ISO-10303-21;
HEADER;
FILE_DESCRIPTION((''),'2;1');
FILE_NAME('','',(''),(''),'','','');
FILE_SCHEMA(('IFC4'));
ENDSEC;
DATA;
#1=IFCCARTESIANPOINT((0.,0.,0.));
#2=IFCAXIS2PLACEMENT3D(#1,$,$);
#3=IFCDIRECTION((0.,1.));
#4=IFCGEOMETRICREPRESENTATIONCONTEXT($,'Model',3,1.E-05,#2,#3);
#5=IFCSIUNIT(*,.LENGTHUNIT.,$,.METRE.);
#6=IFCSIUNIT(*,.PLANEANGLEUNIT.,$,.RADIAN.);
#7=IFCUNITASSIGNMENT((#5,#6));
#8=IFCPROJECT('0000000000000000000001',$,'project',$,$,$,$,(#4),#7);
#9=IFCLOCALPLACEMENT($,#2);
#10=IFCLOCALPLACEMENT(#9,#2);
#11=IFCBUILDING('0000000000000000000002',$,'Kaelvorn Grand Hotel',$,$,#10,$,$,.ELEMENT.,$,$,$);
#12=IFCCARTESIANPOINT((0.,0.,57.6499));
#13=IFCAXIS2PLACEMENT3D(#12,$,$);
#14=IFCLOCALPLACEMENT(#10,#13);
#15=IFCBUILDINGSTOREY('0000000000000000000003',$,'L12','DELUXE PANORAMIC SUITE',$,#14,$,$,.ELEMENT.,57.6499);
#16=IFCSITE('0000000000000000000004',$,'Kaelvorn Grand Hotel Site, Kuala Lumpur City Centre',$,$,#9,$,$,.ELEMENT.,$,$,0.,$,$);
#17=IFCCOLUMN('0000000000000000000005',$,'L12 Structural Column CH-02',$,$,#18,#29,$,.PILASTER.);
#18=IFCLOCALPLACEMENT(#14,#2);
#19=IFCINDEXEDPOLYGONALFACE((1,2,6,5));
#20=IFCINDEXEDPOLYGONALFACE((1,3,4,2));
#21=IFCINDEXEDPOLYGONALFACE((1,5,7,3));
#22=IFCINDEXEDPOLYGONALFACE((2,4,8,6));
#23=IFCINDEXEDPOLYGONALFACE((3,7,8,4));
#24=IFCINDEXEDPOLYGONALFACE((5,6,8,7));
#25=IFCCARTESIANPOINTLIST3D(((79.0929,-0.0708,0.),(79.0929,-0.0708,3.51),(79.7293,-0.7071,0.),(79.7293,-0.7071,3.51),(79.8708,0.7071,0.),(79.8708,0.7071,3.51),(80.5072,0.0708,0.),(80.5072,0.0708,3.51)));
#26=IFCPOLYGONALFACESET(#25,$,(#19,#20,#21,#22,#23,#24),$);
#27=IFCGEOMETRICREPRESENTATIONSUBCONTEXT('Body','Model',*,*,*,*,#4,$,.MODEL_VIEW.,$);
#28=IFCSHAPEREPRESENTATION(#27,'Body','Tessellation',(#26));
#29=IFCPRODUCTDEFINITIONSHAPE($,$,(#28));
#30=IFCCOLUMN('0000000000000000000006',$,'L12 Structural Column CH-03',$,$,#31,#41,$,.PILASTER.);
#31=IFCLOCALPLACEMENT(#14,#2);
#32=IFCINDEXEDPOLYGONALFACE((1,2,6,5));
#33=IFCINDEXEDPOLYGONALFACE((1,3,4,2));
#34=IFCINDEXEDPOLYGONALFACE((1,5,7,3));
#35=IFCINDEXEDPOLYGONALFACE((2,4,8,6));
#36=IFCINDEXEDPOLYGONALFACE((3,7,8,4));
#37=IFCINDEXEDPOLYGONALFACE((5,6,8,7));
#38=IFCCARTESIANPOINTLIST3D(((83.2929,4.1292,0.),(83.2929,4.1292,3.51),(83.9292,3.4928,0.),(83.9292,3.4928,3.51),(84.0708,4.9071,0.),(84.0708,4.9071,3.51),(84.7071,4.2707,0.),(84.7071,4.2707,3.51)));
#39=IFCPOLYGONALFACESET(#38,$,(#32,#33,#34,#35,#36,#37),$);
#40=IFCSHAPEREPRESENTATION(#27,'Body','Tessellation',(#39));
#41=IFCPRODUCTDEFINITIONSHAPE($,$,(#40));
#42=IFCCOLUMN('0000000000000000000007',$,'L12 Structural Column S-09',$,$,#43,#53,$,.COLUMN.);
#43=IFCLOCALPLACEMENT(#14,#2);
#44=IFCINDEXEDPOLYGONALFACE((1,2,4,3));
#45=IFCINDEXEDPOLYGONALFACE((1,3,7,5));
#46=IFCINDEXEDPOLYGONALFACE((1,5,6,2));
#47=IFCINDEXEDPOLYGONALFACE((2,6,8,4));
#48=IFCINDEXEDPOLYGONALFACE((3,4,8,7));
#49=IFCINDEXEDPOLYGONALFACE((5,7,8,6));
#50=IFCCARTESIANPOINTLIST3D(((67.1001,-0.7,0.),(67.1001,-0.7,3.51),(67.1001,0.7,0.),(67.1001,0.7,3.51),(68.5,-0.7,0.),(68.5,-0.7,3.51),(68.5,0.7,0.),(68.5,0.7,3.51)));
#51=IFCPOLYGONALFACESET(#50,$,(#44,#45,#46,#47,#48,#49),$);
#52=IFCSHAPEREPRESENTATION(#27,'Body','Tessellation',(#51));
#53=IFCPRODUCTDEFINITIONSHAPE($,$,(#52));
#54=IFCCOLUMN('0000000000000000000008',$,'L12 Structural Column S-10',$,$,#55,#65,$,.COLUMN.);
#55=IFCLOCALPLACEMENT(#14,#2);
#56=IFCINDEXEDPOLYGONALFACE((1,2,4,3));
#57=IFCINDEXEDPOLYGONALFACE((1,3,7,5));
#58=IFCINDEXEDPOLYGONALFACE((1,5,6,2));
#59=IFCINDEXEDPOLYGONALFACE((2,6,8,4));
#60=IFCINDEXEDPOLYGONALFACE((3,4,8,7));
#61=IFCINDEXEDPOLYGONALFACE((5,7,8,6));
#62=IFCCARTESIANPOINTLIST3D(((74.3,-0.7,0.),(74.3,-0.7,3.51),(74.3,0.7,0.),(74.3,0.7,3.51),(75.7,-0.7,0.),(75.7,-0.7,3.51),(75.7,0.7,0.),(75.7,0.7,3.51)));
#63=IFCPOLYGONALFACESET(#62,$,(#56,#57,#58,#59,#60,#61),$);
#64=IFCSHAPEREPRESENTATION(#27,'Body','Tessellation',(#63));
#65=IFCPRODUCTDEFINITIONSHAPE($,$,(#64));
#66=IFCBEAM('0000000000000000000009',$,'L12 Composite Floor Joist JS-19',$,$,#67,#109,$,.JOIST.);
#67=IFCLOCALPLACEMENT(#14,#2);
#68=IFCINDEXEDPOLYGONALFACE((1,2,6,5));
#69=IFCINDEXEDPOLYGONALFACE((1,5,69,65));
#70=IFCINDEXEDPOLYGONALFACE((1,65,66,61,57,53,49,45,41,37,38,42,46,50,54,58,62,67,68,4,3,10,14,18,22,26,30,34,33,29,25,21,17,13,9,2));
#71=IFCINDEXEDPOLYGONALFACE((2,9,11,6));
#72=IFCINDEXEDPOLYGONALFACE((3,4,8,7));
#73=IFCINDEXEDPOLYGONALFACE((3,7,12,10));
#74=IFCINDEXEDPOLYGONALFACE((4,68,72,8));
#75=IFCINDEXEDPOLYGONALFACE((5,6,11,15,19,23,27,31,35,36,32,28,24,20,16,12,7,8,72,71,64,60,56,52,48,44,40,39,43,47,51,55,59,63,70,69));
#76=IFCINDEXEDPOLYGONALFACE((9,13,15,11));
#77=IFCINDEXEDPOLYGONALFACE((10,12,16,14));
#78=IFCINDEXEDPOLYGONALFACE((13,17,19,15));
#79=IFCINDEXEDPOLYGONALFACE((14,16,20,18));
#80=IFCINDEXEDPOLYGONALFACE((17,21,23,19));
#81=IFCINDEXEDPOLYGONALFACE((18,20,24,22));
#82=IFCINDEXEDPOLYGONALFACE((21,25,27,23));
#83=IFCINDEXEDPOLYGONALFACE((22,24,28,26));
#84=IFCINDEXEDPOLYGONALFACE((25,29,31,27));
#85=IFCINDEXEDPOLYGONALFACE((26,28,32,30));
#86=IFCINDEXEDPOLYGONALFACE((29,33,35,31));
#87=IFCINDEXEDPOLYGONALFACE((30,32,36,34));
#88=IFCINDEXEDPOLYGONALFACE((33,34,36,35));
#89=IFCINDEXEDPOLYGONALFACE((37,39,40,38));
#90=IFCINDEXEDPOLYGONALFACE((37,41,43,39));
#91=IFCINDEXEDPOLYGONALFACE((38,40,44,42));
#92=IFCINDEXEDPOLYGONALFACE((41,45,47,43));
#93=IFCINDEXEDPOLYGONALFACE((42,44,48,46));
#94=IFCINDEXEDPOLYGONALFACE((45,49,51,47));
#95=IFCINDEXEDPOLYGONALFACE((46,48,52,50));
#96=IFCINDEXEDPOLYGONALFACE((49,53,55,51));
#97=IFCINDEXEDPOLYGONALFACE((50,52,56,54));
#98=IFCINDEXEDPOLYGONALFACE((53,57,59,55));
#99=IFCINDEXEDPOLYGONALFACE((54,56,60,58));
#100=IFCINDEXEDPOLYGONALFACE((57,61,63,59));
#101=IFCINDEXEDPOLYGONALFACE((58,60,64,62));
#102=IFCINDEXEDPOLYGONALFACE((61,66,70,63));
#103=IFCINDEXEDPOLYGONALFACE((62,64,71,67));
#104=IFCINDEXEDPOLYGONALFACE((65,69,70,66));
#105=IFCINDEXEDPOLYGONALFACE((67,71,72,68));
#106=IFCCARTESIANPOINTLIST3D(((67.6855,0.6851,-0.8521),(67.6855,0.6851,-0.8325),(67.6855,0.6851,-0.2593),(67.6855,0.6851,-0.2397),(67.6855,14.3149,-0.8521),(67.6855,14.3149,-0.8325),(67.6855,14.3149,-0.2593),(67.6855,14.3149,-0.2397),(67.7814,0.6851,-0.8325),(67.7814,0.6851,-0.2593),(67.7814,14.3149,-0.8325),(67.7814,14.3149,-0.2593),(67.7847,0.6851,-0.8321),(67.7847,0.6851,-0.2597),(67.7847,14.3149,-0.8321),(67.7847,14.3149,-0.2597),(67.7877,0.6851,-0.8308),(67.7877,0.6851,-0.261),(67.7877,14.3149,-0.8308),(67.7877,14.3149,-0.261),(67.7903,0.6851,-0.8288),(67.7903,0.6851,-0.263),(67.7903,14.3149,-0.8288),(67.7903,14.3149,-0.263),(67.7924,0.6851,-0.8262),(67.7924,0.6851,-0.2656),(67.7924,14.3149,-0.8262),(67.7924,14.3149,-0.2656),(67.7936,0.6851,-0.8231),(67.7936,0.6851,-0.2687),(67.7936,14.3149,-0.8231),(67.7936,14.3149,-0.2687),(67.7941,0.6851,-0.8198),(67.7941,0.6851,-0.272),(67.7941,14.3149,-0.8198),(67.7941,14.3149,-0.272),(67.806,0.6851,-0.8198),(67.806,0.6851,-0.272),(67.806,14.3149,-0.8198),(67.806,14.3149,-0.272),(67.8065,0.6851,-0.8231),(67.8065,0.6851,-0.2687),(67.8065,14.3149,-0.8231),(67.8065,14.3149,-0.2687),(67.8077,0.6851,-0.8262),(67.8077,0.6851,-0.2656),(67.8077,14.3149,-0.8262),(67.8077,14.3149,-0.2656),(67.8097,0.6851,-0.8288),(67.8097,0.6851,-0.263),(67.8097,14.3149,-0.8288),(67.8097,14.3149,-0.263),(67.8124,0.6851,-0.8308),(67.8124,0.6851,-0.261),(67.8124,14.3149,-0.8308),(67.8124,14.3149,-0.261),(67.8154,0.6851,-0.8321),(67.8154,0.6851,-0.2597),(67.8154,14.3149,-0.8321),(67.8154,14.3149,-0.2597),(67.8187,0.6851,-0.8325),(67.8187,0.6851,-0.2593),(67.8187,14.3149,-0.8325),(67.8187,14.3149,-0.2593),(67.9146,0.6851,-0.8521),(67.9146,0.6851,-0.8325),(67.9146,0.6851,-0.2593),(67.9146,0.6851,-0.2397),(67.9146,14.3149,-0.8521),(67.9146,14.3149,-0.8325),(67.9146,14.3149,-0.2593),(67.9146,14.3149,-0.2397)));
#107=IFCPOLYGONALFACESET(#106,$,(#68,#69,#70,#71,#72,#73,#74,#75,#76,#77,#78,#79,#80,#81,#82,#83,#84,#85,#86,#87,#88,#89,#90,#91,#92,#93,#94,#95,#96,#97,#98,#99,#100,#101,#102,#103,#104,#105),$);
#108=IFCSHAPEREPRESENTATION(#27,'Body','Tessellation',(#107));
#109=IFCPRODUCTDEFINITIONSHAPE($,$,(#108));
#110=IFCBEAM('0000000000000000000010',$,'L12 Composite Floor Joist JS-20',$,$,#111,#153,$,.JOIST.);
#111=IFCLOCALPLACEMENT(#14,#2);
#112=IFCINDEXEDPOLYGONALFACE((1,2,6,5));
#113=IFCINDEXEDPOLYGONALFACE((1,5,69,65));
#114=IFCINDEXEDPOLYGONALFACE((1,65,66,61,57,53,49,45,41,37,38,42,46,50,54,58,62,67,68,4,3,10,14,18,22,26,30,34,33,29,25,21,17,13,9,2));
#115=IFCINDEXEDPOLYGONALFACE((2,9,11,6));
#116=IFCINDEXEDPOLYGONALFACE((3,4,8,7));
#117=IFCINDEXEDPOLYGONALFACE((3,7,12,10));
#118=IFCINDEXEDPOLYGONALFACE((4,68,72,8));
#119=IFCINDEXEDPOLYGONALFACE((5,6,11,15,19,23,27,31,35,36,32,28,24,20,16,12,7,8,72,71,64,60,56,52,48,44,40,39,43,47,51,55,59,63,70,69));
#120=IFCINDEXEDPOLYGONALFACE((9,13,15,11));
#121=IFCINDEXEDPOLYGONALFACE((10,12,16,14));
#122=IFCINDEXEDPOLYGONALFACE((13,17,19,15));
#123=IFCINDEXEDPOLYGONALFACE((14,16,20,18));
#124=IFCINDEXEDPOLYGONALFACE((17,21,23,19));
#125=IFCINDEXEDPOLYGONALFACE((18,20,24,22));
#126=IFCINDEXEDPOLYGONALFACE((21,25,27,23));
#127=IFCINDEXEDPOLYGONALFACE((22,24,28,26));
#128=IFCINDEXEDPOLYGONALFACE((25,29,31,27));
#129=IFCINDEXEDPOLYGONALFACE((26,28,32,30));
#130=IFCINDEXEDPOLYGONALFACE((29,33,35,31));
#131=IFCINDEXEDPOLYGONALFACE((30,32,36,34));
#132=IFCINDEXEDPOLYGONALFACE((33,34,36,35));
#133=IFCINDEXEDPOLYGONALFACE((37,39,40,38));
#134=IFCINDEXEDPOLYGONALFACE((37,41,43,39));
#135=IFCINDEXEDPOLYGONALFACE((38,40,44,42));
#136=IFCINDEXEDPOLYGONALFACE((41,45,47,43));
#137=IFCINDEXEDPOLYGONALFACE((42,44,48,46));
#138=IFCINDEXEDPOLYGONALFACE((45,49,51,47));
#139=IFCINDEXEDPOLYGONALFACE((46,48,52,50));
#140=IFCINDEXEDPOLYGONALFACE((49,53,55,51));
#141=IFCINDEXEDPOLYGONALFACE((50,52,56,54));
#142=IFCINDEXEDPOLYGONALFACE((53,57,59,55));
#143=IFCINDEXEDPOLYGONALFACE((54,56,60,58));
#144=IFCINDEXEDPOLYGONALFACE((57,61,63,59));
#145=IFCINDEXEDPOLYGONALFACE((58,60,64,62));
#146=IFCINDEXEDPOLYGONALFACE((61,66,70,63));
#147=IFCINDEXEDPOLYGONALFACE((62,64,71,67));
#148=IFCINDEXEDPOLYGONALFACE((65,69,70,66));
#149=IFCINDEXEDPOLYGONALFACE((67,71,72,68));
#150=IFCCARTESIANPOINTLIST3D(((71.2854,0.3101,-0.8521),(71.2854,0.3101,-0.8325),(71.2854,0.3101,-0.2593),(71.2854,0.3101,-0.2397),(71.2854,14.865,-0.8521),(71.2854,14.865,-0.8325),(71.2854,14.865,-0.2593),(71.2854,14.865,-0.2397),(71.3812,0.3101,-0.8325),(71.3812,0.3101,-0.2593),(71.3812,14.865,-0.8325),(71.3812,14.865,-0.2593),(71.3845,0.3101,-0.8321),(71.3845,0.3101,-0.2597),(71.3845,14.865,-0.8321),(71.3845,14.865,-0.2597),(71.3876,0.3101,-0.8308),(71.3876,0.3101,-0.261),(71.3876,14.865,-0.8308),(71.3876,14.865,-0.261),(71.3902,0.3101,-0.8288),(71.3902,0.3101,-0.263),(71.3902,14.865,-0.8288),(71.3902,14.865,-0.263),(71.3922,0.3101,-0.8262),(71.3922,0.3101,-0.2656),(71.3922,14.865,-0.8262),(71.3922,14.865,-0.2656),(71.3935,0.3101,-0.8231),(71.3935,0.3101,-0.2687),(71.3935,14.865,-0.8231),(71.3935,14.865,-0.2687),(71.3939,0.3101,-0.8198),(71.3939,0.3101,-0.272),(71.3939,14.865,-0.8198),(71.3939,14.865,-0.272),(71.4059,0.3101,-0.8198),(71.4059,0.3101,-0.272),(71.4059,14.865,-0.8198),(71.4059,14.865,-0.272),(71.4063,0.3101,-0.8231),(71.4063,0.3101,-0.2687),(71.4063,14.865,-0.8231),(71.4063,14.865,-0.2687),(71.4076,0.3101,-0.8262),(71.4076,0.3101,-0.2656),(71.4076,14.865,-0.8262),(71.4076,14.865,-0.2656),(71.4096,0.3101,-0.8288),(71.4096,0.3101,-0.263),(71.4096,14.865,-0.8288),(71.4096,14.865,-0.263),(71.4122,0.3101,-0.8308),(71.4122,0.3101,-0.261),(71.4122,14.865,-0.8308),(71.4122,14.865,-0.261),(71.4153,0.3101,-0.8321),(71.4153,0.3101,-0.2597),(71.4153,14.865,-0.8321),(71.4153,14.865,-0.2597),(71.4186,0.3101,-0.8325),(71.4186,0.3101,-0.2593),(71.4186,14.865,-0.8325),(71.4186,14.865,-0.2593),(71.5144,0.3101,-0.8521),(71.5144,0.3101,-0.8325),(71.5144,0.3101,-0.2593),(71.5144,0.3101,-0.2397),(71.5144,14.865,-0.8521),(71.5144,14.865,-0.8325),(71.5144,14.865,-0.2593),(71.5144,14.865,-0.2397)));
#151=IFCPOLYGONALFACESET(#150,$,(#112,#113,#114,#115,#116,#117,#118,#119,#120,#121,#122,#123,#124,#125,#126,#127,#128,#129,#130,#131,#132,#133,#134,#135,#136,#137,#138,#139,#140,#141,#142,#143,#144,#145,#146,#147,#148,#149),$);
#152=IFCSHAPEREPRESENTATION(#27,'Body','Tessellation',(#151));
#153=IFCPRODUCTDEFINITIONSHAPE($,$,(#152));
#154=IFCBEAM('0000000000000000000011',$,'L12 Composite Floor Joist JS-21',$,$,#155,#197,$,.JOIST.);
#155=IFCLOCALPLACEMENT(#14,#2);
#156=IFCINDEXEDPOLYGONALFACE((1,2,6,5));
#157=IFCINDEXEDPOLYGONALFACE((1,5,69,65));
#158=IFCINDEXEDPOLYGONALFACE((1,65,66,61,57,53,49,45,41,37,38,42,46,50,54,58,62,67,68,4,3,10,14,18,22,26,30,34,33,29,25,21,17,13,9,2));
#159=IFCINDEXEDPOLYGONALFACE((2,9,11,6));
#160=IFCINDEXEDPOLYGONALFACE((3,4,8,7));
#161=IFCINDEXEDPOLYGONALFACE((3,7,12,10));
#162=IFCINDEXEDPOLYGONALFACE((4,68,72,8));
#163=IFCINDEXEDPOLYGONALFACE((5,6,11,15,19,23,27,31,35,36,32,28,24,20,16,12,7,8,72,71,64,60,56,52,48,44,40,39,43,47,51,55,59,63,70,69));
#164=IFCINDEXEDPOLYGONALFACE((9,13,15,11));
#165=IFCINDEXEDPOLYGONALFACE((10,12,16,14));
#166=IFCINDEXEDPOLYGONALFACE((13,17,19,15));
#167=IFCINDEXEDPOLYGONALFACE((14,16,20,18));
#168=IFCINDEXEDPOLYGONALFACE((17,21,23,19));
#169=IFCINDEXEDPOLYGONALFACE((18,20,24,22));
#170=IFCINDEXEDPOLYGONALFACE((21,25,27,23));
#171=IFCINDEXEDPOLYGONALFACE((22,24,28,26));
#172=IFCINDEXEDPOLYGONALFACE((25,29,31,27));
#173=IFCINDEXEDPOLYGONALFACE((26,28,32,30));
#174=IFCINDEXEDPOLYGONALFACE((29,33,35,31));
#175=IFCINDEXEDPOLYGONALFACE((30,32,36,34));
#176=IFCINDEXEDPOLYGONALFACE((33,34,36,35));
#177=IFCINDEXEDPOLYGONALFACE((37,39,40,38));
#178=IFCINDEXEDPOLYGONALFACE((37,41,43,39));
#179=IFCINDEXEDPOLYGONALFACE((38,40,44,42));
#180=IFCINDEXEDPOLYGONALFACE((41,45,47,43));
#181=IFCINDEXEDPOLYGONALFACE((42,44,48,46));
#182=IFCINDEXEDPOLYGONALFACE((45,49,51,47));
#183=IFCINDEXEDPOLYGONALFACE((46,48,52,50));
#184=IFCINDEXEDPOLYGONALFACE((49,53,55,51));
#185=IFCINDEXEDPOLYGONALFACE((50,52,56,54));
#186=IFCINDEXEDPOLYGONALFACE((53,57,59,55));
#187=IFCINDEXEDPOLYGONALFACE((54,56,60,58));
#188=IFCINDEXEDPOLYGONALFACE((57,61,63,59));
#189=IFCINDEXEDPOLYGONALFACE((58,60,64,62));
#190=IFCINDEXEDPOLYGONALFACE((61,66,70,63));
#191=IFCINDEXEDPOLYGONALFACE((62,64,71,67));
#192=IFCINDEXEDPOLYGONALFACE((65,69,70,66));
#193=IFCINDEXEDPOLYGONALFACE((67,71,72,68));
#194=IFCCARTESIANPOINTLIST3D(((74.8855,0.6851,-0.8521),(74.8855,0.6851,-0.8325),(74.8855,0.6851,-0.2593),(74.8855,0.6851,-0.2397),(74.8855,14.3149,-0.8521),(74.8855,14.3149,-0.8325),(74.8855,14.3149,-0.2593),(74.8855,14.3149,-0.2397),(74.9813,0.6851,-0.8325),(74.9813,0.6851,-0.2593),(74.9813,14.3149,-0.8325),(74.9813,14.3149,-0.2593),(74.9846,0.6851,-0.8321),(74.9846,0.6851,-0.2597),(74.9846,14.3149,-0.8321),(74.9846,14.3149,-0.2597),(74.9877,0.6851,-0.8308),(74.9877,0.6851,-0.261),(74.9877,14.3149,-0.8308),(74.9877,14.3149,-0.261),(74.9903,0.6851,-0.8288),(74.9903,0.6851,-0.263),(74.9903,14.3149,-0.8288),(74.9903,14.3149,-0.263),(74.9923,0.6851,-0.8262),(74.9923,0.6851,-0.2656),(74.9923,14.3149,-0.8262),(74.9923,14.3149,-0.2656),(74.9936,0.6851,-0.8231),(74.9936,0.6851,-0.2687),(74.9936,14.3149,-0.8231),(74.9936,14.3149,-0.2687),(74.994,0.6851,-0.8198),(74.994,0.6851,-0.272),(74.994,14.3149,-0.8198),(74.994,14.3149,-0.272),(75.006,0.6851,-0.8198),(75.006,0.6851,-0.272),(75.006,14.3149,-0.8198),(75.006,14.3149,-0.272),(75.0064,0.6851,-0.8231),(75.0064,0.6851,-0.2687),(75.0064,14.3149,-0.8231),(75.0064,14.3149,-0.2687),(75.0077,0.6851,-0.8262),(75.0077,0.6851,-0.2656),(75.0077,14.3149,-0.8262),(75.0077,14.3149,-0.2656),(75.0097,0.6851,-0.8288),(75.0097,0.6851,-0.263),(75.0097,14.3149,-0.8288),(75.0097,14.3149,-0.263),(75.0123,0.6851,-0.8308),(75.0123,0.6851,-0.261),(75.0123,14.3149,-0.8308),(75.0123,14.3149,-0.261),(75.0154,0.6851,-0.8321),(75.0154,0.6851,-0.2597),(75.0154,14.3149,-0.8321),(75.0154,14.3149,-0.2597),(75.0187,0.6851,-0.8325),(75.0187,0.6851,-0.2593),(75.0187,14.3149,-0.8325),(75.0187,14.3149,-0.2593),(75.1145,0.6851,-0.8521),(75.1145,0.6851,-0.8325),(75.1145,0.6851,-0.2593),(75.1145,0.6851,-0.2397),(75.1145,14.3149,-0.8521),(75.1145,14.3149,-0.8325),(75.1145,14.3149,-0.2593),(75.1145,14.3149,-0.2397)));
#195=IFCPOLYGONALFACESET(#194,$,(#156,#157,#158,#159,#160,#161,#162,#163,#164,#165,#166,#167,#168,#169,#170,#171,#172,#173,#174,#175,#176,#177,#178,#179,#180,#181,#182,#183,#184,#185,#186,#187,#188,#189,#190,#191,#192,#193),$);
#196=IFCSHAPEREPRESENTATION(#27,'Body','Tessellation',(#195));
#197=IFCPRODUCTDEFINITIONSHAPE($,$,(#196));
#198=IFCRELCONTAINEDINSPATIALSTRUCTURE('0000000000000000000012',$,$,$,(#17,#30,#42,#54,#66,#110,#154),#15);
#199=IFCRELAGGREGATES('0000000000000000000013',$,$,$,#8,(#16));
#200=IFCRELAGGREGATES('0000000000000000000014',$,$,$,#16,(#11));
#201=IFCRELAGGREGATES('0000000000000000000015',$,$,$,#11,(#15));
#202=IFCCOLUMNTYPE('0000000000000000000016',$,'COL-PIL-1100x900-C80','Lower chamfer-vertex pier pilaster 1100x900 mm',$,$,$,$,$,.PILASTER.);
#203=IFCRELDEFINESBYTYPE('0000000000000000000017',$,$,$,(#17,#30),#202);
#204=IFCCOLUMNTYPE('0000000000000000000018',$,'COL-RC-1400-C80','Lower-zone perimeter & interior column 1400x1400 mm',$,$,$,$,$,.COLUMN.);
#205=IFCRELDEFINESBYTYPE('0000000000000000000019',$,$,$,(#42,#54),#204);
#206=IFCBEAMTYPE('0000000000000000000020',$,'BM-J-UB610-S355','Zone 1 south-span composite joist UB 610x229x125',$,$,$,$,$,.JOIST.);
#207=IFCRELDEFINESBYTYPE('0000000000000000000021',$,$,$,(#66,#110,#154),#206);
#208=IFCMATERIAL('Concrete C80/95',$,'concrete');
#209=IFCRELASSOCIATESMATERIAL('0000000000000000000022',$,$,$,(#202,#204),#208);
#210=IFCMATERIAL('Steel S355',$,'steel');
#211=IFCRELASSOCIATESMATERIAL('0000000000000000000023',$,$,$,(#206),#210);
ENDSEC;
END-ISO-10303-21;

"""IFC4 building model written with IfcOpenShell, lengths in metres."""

from ifc_helpers import new_model, si_unit, direction, frame, origin, origin_2d, place, context, subcontext, project, spatial, rectangle, i_section, extrude, material, material_profile, profile_set, type_object, element, save


model = new_model("IFC4")

# Units and contexts
model_context = context("Model", 3, precision=1e-05, world=origin(), true_north=direction((0.0, 1.0)))
body_context = subcontext(model_context, "Body", "Model", "MODEL_VIEW")
ifc_project = project(units=[si_unit("LENGTHUNIT", "METRE"), si_unit("PLANEANGLEUNIT", "RADIAN")], contexts=[model_context])

# Site, building, storey
site_placement = place(None, origin())
site = spatial("IfcSite", under=ifc_project, at=site_placement, Name="Kaelvorn Grand Hotel Site, Kuala Lumpur City Centre", CompositionType="ELEMENT", RefElevation=0.0)
building_placement = place(site_placement, origin())
building = spatial("IfcBuilding", under=site, at=building_placement, Name="Kaelvorn Grand Hotel", CompositionType="ELEMENT")
storey_placement = place(building_placement, frame((0.0, 0.0, 57.6499)))
storey = spatial("IfcBuildingStorey", under=building, at=storey_placement, Name="L12", Description="DELUXE PANORAMIC SUITE", CompositionType="ELEMENT", Elevation=57.6499)

# Columns
ifc_material_1 = material(Name="Concrete C80/95", Category="concrete")
ifc_material_profile_1 = material_profile(ifc_material_1, rectangle(XDim=1.1001, YDim=0.8999, at=origin_2d()), Name="RC PILASTER 1100x900")
ifc_profile_set_1 = profile_set([ifc_material_profile_1], Name="Concrete C80/95")
column_type_1 = type_object("IfcColumnType", Name="COL-PIL-1100x900-C80", Description="Lower chamfer-vertex pier pilaster 1100x900 mm", PredefinedType="PILASTER", material=ifc_profile_set_1)
for number, where, z_axis, x_axis, name in (
    (1, (79.8, 0.0, 0.0), (0.0, 0.0, 1.0), (0.707107, 0.707107, 0.0), "L12 Structural Column CH-02"),
    (2, (84.0, 4.2, 0.0), (0.0, 0.0, 1.0), (0.707107, 0.707107, 0.0), "L12 Structural Column CH-03"),
):
    element("IfcColumn", number, at=place(storey_placement, frame(where, z_axis=z_axis, x_axis=x_axis)), inside=storey, type_object=column_type_1, Name=name, PredefinedType="PILASTER", context=body_context, shape_type="SweptSolid", body=[
        extrude(rectangle(XDim=1.1001, YDim=0.8999, at=origin_2d()), origin(), (0.0, 0.0, 1.0), 3.51),
    ])
ifc_material_profile_2 = material_profile(ifc_material_1, rectangle(XDim=1.3999, YDim=1.3999, at=origin_2d()), Name="RC COL 1400x1400")
ifc_profile_set_2 = profile_set([ifc_material_profile_2], Name="Concrete C80/95")
column_type_2 = type_object("IfcColumnType", Name="COL-RC-1400-C80", Description="Lower-zone perimeter & interior column 1400x1400 mm", PredefinedType="COLUMN", material=ifc_profile_set_2)
for number, where, z_axis, x_axis, name in (
    (3, (67.8, 0.0, 0.0), (0.0, 0.0, 1.0), (1.0, 0.0, 0.0), "L12 Structural Column S-09"),
    (4, (75.0, 0.0, 0.0), (0.0, 0.0, 1.0), (1.0, 0.0, 0.0), "L12 Structural Column S-10"),
):
    element("IfcColumn", number, at=place(storey_placement, frame(where, z_axis=z_axis, x_axis=x_axis)), inside=storey, type_object=column_type_2, Name=name, PredefinedType="COLUMN", context=body_context, shape_type="SweptSolid", body=[
        extrude(rectangle(XDim=1.3999, YDim=1.3999, at=origin_2d()), origin(), (0.0, 0.0, 1.0), 3.51),
    ])

# Beams
ifc_material_2 = material(Name="Steel S355", Category="steel")
ifc_material_profile_3 = material_profile(ifc_material_2, i_section(OverallWidth=0.229, OverallDepth=0.6123, WebThickness=0.012, FlangeThickness=0.0195, FilletRadius=0.0127, at=origin_2d()), Name="UB 610x229x125")
ifc_profile_set_3 = profile_set([ifc_material_profile_3], Name="Steel S355")
beam_type_1 = type_object("IfcBeamType", Name="BM-J-UB610-S355", Description="Zone 1 south-span composite joist UB 610x229x125", PredefinedType="JOIST", material=ifc_profile_set_3)
beam_1_placement = place(storey_placement, frame((67.8, 0.6851, -0.5459), z_axis=(0.0, 1.0, 0.0), x_axis=(-1.0, 0.0, 0.0)))
element("IfcBeam", 5, at=beam_1_placement, inside=storey, type_object=beam_type_1, Name="L12 Composite Floor Joist JS-19", PredefinedType="JOIST", context=body_context, shape_type="SweptSolid", body=[
    extrude(i_section(OverallWidth=0.229, OverallDepth=0.6123, WebThickness=0.012, FlangeThickness=0.0195, FilletRadius=0.0127, at=origin_2d()), origin(), (0.0, 0.0, 1.0), 13.6299),
])
beam_2_placement = place(storey_placement, frame((71.3999, 0.3101, -0.5459), z_axis=(0.0, 1.0, 0.0), x_axis=(-1.0, 0.0, 0.0)))
element("IfcBeam", 6, at=beam_2_placement, inside=storey, type_object=beam_type_1, Name="L12 Composite Floor Joist JS-20", PredefinedType="JOIST", context=body_context, shape_type="SweptSolid", body=[
    extrude(i_section(OverallWidth=0.229, OverallDepth=0.6123, WebThickness=0.012, FlangeThickness=0.0195, FilletRadius=0.0127, at=origin_2d()), origin(), (0.0, 0.0, 1.0), 14.5549),
])
beam_3_placement = place(storey_placement, frame((75.0, 0.6851, -0.5459), z_axis=(0.0, 1.0, 0.0), x_axis=(-1.0, 0.0, 0.0)))
element("IfcBeam", 7, at=beam_3_placement, inside=storey, type_object=beam_type_1, Name="L12 Composite Floor Joist JS-21", PredefinedType="JOIST", context=body_context, shape_type="SweptSolid", body=[
    extrude(i_section(OverallWidth=0.229, OverallDepth=0.6123, WebThickness=0.012, FlangeThickness=0.0195, FilletRadius=0.0127, at=origin_2d()), origin(), (0.0, 0.0, 1.0), 13.6299),
])

save(model, "model.ifc")
